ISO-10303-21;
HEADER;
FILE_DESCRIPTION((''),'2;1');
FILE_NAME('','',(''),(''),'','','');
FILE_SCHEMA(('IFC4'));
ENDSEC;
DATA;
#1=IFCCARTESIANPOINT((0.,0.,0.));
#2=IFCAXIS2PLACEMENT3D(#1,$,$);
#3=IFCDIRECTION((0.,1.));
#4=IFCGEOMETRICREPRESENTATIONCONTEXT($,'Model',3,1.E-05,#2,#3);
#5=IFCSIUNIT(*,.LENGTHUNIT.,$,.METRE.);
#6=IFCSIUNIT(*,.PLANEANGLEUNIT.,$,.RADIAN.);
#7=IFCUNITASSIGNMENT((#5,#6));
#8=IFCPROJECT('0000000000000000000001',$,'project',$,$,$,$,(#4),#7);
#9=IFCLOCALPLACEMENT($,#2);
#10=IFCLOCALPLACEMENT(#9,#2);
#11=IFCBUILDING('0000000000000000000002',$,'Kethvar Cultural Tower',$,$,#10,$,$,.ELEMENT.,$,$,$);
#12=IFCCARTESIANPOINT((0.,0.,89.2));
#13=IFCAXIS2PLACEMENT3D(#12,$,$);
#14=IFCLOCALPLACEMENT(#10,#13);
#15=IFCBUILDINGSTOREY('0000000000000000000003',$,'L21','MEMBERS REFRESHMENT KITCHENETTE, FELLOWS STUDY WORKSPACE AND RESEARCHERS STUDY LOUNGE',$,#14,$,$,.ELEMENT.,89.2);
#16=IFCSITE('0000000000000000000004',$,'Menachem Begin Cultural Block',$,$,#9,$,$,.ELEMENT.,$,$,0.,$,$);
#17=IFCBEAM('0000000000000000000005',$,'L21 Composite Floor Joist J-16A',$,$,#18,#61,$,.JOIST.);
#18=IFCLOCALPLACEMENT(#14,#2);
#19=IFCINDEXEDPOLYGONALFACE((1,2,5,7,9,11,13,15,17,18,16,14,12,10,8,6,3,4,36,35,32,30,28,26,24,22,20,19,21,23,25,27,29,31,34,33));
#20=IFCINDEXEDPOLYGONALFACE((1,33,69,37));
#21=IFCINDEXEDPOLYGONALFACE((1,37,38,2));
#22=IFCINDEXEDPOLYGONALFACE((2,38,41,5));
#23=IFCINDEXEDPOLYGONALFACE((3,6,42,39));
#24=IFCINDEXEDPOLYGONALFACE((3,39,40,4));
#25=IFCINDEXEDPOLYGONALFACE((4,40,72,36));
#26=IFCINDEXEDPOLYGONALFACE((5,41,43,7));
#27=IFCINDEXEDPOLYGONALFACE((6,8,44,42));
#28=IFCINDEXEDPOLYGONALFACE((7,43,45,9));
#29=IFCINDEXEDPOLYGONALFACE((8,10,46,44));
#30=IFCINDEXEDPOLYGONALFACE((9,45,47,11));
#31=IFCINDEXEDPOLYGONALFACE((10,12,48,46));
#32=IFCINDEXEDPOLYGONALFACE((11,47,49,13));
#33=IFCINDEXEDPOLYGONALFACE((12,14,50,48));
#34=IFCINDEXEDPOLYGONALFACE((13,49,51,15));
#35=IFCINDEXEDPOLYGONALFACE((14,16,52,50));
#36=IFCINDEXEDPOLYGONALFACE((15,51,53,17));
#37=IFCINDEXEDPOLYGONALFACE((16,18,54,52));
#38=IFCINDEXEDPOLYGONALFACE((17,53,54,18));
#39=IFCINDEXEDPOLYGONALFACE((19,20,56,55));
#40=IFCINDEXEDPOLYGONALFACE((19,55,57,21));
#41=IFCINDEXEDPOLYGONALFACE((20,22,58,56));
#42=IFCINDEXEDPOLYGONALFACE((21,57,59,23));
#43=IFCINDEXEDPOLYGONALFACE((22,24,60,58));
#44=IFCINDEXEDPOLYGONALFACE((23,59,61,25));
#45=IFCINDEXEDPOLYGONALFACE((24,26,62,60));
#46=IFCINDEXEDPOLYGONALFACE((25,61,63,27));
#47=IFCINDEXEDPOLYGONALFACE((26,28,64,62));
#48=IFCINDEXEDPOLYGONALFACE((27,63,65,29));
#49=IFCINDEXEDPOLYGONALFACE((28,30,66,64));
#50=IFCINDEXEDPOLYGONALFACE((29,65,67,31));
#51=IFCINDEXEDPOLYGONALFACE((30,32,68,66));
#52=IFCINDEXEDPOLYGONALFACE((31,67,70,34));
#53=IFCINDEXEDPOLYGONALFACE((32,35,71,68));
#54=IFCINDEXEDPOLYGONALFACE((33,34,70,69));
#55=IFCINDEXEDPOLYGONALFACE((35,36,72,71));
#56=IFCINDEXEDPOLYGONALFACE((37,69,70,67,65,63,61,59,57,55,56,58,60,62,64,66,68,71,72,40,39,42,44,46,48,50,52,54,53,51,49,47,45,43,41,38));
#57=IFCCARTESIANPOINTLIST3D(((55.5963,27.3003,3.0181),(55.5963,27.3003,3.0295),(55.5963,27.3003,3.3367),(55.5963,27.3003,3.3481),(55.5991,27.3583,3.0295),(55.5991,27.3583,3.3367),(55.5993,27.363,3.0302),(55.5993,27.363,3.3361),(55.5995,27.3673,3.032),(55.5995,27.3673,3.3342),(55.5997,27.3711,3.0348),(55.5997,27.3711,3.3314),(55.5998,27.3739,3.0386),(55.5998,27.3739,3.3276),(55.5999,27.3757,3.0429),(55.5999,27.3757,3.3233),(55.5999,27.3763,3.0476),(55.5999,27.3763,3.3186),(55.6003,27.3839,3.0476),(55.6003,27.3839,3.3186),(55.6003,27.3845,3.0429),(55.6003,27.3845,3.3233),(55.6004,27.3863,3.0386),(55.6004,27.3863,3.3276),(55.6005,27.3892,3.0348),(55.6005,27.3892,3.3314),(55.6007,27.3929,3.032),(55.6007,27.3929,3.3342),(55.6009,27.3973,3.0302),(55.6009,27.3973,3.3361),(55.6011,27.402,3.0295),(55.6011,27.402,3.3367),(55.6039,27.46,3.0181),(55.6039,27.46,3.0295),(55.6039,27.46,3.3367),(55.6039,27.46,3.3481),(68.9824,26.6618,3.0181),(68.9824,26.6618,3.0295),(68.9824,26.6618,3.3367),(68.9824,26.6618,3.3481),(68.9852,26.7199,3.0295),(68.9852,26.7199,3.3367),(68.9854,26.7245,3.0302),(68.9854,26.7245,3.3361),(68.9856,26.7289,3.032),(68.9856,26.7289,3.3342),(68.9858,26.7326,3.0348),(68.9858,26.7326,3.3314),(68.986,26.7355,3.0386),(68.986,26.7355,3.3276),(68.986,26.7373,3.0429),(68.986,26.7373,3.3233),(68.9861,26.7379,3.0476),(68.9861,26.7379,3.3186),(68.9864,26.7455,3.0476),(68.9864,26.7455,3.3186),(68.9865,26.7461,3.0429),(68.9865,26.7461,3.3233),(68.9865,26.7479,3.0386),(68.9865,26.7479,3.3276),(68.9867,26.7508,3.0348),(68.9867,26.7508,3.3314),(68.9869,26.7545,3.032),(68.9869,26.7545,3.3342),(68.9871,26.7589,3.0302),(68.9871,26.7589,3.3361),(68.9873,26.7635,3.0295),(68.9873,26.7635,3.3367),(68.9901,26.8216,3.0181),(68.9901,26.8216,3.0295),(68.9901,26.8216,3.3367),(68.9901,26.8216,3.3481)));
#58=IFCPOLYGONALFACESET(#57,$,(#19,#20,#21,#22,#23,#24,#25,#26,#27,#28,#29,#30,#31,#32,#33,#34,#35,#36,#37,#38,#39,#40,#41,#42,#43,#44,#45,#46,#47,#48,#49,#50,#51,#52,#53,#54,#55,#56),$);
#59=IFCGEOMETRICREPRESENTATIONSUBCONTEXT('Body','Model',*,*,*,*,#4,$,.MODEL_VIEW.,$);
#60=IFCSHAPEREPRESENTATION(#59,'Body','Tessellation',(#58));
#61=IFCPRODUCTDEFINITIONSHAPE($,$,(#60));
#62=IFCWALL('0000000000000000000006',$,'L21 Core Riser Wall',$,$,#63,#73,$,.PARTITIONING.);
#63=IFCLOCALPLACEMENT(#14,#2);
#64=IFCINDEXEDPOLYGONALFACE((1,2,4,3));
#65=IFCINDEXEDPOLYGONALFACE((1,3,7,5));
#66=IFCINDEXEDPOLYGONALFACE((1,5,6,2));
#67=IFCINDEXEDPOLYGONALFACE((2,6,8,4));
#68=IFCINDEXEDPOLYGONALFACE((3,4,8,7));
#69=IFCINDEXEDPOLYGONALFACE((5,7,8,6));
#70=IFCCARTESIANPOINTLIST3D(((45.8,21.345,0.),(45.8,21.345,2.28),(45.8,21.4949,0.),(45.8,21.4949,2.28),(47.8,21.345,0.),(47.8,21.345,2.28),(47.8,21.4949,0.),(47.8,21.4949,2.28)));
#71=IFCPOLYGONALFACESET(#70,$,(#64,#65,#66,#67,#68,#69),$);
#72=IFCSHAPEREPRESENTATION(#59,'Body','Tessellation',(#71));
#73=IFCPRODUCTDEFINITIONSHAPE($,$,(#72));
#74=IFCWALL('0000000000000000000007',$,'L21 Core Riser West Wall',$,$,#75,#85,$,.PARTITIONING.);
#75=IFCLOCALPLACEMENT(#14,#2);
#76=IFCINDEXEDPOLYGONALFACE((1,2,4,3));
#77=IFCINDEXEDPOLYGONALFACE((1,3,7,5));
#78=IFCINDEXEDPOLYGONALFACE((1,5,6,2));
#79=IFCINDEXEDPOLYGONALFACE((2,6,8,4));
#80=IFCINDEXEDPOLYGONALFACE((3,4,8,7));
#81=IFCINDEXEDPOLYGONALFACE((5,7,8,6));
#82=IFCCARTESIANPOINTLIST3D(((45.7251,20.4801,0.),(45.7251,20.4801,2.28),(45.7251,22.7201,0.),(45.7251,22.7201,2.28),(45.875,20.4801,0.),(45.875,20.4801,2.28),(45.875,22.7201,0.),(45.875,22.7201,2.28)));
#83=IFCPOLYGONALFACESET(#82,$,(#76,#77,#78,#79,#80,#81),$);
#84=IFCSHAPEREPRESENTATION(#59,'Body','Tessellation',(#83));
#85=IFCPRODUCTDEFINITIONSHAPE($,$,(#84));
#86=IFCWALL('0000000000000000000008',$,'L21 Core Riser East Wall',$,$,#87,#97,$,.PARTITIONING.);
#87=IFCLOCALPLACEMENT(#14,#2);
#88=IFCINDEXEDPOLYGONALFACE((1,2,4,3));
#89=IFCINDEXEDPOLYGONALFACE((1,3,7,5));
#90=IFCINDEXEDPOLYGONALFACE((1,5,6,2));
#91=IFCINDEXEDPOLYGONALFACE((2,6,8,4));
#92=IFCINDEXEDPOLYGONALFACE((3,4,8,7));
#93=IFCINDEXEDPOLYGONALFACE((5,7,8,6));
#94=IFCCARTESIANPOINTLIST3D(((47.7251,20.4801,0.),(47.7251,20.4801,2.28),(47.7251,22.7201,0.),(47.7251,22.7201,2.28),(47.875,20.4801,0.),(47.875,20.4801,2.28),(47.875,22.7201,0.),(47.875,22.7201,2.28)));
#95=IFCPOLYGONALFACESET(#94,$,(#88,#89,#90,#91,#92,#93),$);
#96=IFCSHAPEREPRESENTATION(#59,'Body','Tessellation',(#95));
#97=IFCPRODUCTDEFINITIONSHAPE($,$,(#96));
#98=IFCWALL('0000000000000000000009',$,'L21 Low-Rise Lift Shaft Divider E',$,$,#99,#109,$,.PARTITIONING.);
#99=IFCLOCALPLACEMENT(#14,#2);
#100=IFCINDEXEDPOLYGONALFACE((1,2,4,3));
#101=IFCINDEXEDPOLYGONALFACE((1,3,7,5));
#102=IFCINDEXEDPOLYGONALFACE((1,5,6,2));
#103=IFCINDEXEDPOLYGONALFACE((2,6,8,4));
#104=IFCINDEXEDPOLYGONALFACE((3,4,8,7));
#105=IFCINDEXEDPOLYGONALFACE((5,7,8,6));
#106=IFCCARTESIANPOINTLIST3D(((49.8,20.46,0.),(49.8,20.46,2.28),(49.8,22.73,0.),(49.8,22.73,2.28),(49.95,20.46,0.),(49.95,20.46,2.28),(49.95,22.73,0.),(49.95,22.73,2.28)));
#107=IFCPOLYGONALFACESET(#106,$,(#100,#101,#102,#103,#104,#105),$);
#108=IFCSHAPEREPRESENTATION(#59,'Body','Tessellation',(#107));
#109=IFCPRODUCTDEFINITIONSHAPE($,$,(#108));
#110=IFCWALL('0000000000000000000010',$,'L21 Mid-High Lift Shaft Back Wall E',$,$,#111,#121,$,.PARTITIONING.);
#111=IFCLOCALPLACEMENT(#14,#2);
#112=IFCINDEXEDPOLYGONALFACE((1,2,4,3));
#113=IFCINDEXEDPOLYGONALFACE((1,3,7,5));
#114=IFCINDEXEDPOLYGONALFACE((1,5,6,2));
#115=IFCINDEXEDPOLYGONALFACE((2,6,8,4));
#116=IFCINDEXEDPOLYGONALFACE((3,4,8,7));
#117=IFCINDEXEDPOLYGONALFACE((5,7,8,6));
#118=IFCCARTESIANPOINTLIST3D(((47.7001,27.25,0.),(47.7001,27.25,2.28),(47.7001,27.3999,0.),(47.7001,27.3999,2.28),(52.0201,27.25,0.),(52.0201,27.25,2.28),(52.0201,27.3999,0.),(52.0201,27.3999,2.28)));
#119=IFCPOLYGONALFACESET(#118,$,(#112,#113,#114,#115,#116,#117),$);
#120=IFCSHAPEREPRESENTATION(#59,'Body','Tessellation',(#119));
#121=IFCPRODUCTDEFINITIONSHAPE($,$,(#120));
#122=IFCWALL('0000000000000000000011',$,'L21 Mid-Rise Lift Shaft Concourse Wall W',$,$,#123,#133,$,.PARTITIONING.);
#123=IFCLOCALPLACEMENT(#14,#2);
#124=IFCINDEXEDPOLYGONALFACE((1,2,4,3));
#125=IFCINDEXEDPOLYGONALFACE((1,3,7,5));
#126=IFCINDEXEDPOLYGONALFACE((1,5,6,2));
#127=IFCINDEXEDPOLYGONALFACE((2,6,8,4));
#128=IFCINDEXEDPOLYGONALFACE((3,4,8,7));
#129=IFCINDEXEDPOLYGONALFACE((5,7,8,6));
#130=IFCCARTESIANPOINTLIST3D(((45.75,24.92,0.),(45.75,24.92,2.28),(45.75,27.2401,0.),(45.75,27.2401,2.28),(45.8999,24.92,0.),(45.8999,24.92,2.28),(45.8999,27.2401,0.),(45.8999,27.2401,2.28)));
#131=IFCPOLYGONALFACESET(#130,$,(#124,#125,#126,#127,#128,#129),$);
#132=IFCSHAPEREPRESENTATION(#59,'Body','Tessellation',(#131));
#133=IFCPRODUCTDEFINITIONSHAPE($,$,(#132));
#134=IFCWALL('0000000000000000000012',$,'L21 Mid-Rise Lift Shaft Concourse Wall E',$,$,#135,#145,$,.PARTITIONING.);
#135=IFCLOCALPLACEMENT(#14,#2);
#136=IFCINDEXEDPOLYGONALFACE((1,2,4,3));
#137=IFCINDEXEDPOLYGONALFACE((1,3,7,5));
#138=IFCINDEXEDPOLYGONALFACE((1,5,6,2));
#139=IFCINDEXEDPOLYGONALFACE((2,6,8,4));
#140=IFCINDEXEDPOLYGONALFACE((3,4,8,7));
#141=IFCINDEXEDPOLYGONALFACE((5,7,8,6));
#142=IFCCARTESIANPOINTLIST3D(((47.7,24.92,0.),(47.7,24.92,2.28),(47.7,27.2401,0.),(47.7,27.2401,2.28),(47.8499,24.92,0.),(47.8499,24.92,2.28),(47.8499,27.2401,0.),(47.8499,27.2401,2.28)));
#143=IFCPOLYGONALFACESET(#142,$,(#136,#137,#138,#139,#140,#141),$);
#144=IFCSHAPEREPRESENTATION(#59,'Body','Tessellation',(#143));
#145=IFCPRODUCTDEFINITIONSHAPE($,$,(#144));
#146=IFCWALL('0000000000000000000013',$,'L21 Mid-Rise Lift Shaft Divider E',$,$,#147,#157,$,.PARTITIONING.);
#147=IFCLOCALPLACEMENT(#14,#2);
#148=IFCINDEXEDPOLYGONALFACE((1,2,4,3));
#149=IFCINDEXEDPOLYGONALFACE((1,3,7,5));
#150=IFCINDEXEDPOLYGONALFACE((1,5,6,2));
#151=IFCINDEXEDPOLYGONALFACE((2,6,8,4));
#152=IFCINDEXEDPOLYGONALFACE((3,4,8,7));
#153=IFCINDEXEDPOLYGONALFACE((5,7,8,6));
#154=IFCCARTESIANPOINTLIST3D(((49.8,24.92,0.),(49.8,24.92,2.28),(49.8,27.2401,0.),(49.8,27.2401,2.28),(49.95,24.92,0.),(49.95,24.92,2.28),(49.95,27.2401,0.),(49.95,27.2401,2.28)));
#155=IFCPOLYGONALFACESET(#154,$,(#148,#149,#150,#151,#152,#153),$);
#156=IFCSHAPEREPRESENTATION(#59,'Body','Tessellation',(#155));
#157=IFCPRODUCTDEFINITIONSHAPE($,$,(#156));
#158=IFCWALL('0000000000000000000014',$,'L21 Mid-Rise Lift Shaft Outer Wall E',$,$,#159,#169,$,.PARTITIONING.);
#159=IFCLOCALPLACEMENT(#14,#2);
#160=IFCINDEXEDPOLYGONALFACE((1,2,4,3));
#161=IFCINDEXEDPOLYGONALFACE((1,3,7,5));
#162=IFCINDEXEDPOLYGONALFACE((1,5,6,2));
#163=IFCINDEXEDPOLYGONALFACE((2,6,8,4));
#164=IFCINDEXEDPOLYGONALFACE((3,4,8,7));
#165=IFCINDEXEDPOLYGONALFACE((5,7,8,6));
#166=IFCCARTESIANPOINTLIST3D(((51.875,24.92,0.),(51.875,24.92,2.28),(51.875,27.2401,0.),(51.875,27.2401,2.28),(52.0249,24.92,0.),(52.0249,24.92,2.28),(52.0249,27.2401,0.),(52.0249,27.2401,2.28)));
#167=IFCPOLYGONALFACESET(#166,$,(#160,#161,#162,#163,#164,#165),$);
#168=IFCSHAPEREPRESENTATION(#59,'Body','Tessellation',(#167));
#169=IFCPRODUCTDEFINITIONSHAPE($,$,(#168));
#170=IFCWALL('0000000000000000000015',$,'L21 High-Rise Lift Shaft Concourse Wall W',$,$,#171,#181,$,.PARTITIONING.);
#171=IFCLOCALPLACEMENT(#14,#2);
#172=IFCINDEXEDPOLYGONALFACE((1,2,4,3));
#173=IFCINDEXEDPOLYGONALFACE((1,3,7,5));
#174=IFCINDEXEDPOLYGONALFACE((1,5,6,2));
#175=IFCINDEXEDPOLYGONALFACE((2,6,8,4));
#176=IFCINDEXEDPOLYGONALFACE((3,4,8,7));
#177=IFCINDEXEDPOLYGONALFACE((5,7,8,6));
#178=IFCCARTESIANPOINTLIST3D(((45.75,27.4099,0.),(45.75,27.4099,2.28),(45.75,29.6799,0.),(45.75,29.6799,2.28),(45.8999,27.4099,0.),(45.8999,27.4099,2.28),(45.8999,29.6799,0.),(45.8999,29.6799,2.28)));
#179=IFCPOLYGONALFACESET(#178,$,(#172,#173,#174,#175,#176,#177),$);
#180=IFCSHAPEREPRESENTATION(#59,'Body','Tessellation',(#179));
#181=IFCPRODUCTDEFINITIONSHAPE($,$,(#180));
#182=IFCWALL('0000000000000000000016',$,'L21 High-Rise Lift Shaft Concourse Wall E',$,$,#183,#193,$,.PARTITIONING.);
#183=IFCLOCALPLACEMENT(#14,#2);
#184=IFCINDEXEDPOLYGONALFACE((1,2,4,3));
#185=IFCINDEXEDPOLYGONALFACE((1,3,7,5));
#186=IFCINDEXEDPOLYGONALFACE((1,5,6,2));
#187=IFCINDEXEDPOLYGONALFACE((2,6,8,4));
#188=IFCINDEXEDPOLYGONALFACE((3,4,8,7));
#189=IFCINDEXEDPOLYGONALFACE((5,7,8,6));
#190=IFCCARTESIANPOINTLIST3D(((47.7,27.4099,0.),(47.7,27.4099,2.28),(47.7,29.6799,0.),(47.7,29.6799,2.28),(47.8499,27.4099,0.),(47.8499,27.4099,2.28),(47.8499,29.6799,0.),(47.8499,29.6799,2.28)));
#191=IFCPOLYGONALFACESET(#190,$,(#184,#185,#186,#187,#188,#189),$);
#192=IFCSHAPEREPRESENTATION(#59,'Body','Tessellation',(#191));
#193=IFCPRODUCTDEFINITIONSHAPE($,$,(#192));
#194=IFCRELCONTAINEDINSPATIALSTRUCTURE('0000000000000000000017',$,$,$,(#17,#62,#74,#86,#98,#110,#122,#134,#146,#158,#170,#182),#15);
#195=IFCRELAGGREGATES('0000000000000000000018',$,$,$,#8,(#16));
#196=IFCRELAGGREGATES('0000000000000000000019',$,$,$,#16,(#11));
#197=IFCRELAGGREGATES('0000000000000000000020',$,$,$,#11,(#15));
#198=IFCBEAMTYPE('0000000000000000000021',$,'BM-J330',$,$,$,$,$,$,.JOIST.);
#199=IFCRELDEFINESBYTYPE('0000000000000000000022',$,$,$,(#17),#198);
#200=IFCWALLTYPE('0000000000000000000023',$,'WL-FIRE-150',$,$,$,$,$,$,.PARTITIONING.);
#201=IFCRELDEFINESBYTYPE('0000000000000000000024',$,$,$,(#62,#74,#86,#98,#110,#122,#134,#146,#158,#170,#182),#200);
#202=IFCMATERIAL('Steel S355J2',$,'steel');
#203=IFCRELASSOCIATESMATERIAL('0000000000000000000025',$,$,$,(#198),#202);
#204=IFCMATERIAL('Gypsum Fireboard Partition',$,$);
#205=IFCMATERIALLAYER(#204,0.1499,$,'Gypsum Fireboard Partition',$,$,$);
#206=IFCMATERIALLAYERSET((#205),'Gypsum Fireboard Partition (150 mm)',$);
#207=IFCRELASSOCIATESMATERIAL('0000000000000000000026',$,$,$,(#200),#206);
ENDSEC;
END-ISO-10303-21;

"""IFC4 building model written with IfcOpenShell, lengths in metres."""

from ifc_helpers import new_model, si_unit, direction, frame, frame_2d, origin, origin_2d, place, context, subcontext, project, spatial, rectangle, i_section, extrude, source, transform, mapped, material, layer, layer_set, material_profile, profile_set, type_object, element, save


model = new_model("IFC4")

# Units and contexts
model_context = context("Model", 3, precision=1e-05, world=origin(), true_north=direction((0.0, 1.0)))
body_context = subcontext(model_context, "Body", "Model", "MODEL_VIEW")
ifc_project = project(units=[si_unit("LENGTHUNIT", "METRE"), si_unit("PLANEANGLEUNIT", "RADIAN")], contexts=[model_context])

# Site, building, storey
site_placement = place(None, origin())
site = spatial("IfcSite", under=ifc_project, at=site_placement, Name="Menachem Begin Cultural Block", CompositionType="ELEMENT", RefElevation=0.0)
building_placement = place(site_placement, origin())
building = spatial("IfcBuilding", under=site, at=building_placement, Name="Kethvar Cultural Tower", CompositionType="ELEMENT")
storey_placement = place(building_placement, frame((0.0, 0.0, 89.2)))
storey = spatial("IfcBuildingStorey", under=building, at=storey_placement, Name="L21", Description="MEMBERS REFRESHMENT KITCHENETTE, FELLOWS STUDY WORKSPACE AND RESEARCHERS STUDY LOUNGE", CompositionType="ELEMENT", Elevation=89.2)

# Beam
ifc_material_1 = material(Name="Steel S355J2", Category="steel")
ifc_material_profile_1 = material_profile(ifc_material_1, i_section(OverallWidth=0.1599, OverallDepth=0.3301, WebThickness=0.0076, FlangeThickness=0.0115, FilletRadius=0.0181, at=origin_2d()), Name="Steel S355J2 — IPE330")
ifc_profile_set_1 = profile_set([ifc_material_profile_1], Name="Steel S355J2 — IPE330")
beam_type_1 = type_object("IfcBeamType", Name="BM-J330", PredefinedType="JOIST", material=ifc_profile_set_1)
shared_shape_1 = source(origin(), body_context, "Body", "SweptSolid", [
    extrude(i_section(OverallWidth=0.1599, OverallDepth=0.3301, WebThickness=0.0076, FlangeThickness=0.0115, FilletRadius=0.0181, at=origin_2d()), origin(), (0.0, 0.0, 1.0), 13.4014),
])
beam_1_placement = place(storey_placement, frame((55.6001, 27.3801, 3.1831), z_axis=(0.998865, -0.047639, 0.0), x_axis=(0.047639, 0.998865, 0.0)))
element("IfcBeam", 1, at=beam_1_placement, inside=storey, type_object=beam_type_1, Name="L21 Composite Floor Joist J-16A", PredefinedType="JOIST", context=body_context, shape_type="MappedRepresentation", body=[
    mapped(shared_shape_1, transform((0.0, 0.0, 0.0), scale=1.0)),
])

# Walls
ifc_material_2 = material(Name="Gypsum Fireboard Partition")
ifc_layer_1 = layer(ifc_material_2, 0.1499, Name="Gypsum Fireboard Partition")
ifc_layer_set_1 = layer_set([ifc_layer_1], Name="Gypsum Fireboard Partition (150 mm)")
wall_type_1 = type_object("IfcWallType", Name="WL-FIRE-150", PredefinedType="PARTITIONING", material=ifc_layer_set_1)
wall_1_placement = place(storey_placement, frame((45.8, 21.4199, 0.0), z_axis=(0.0, 0.0, 1.0), x_axis=(1.0, 0.0, 0.0)))
element("IfcWall", 2, at=wall_1_placement, inside=storey, type_object=wall_type_1, Name="L21 Core Riser Wall", PredefinedType="PARTITIONING", context=body_context, shape_type="SweptSolid", body=[
    extrude(rectangle(XDim=2.0, YDim=0.1499, at=frame_2d((1.0, 0.0))), origin(), (0.0, 0.0, 1.0), 2.28),
])
for number, where, z_axis, x_axis, name in (
    (3, (45.8, 20.48, 0.0), (0.0, 0.0, 1.0), (0.0, 1.0, 0.0), "L21 Core Riser West Wall"),
    (4, (47.8, 20.48, 0.0), (0.0, 0.0, 1.0), (0.0, 1.0, 0.0), "L21 Core Riser East Wall"),
):
    element("IfcWall", number, at=place(storey_placement, frame(where, z_axis=z_axis, x_axis=x_axis)), inside=storey, type_object=wall_type_1, Name=name, PredefinedType="PARTITIONING", context=body_context, shape_type="SweptSolid", body=[
        extrude(rectangle(XDim=2.24, YDim=0.1499, at=frame_2d((1.1201, 0.0))), origin(), (0.0, 0.0, 1.0), 2.28),
    ])
wall_2_placement = place(storey_placement, frame((49.875, 20.46, 0.0), z_axis=(0.0, 0.0, 1.0), x_axis=(0.0, 1.0, 0.0)))
element("IfcWall", 5, at=wall_2_placement, inside=storey, type_object=wall_type_1, Name="L21 Low-Rise Lift Shaft Divider E", PredefinedType="PARTITIONING", context=body_context, shape_type="SweptSolid", body=[
    extrude(rectangle(XDim=2.27, YDim=0.1499, at=frame_2d((1.135, 0.0))), origin(), (0.0, 0.0, 1.0), 2.28),
])
wall_3_placement = place(storey_placement, frame((47.7, 27.325, 0.0), z_axis=(0.0, 0.0, 1.0), x_axis=(1.0, 0.0, 0.0)))
element("IfcWall", 6, at=wall_3_placement, inside=storey, type_object=wall_type_1, Name="L21 Mid-High Lift Shaft Back Wall E", PredefinedType="PARTITIONING", context=body_context, shape_type="SweptSolid", body=[
    extrude(rectangle(XDim=4.3201, YDim=0.1499, at=frame_2d((2.1602, 0.0))), origin(), (0.0, 0.0, 1.0), 2.28),
])
for number, where, z_axis, x_axis, name in (
    (7, (45.825, 24.9199, 0.0), (0.0, 0.0, 1.0), (0.0, 1.0, 0.0), "L21 Mid-Rise Lift Shaft Concourse Wall W"),
    (8, (47.7749, 24.9199, 0.0), (0.0, 0.0, 1.0), (0.0, 1.0, 0.0), "L21 Mid-Rise Lift Shaft Concourse Wall E"),
    (9, (49.875, 24.9199, 0.0), (0.0, 0.0, 1.0), (0.0, 1.0, 0.0), "L21 Mid-Rise Lift Shaft Divider E"),
    (10, (51.95, 24.9199, 0.0), (0.0, 0.0, 1.0), (0.0, 1.0, 0.0), "L21 Mid-Rise Lift Shaft Outer Wall E"),
):
    element("IfcWall", number, at=place(storey_placement, frame(where, z_axis=z_axis, x_axis=x_axis)), inside=storey, type_object=wall_type_1, Name=name, PredefinedType="PARTITIONING", context=body_context, shape_type="SweptSolid", body=[
        extrude(rectangle(XDim=2.3201, YDim=0.1499, at=frame_2d((1.1602, 0.0))), origin(), (0.0, 0.0, 1.0), 2.28),
    ])
for number, where, z_axis, x_axis, name in (
    (11, (45.825, 27.4099, 0.0), (0.0, 0.0, 1.0), (0.0, 1.0, 0.0), "L21 High-Rise Lift Shaft Concourse Wall W"),
    (12, (47.7749, 27.4099, 0.0), (0.0, 0.0, 1.0), (0.0, 1.0, 0.0), "L21 High-Rise Lift Shaft Concourse Wall E"),
):
    element("IfcWall", number, at=place(storey_placement, frame(where, z_axis=z_axis, x_axis=x_axis)), inside=storey, type_object=wall_type_1, Name=name, PredefinedType="PARTITIONING", context=body_context, shape_type="SweptSolid", body=[
        extrude(rectangle(XDim=2.27, YDim=0.1499, at=frame_2d((1.135, 0.0))), origin(), (0.0, 0.0, 1.0), 2.28),
    ])

save(model, "model.ifc")
